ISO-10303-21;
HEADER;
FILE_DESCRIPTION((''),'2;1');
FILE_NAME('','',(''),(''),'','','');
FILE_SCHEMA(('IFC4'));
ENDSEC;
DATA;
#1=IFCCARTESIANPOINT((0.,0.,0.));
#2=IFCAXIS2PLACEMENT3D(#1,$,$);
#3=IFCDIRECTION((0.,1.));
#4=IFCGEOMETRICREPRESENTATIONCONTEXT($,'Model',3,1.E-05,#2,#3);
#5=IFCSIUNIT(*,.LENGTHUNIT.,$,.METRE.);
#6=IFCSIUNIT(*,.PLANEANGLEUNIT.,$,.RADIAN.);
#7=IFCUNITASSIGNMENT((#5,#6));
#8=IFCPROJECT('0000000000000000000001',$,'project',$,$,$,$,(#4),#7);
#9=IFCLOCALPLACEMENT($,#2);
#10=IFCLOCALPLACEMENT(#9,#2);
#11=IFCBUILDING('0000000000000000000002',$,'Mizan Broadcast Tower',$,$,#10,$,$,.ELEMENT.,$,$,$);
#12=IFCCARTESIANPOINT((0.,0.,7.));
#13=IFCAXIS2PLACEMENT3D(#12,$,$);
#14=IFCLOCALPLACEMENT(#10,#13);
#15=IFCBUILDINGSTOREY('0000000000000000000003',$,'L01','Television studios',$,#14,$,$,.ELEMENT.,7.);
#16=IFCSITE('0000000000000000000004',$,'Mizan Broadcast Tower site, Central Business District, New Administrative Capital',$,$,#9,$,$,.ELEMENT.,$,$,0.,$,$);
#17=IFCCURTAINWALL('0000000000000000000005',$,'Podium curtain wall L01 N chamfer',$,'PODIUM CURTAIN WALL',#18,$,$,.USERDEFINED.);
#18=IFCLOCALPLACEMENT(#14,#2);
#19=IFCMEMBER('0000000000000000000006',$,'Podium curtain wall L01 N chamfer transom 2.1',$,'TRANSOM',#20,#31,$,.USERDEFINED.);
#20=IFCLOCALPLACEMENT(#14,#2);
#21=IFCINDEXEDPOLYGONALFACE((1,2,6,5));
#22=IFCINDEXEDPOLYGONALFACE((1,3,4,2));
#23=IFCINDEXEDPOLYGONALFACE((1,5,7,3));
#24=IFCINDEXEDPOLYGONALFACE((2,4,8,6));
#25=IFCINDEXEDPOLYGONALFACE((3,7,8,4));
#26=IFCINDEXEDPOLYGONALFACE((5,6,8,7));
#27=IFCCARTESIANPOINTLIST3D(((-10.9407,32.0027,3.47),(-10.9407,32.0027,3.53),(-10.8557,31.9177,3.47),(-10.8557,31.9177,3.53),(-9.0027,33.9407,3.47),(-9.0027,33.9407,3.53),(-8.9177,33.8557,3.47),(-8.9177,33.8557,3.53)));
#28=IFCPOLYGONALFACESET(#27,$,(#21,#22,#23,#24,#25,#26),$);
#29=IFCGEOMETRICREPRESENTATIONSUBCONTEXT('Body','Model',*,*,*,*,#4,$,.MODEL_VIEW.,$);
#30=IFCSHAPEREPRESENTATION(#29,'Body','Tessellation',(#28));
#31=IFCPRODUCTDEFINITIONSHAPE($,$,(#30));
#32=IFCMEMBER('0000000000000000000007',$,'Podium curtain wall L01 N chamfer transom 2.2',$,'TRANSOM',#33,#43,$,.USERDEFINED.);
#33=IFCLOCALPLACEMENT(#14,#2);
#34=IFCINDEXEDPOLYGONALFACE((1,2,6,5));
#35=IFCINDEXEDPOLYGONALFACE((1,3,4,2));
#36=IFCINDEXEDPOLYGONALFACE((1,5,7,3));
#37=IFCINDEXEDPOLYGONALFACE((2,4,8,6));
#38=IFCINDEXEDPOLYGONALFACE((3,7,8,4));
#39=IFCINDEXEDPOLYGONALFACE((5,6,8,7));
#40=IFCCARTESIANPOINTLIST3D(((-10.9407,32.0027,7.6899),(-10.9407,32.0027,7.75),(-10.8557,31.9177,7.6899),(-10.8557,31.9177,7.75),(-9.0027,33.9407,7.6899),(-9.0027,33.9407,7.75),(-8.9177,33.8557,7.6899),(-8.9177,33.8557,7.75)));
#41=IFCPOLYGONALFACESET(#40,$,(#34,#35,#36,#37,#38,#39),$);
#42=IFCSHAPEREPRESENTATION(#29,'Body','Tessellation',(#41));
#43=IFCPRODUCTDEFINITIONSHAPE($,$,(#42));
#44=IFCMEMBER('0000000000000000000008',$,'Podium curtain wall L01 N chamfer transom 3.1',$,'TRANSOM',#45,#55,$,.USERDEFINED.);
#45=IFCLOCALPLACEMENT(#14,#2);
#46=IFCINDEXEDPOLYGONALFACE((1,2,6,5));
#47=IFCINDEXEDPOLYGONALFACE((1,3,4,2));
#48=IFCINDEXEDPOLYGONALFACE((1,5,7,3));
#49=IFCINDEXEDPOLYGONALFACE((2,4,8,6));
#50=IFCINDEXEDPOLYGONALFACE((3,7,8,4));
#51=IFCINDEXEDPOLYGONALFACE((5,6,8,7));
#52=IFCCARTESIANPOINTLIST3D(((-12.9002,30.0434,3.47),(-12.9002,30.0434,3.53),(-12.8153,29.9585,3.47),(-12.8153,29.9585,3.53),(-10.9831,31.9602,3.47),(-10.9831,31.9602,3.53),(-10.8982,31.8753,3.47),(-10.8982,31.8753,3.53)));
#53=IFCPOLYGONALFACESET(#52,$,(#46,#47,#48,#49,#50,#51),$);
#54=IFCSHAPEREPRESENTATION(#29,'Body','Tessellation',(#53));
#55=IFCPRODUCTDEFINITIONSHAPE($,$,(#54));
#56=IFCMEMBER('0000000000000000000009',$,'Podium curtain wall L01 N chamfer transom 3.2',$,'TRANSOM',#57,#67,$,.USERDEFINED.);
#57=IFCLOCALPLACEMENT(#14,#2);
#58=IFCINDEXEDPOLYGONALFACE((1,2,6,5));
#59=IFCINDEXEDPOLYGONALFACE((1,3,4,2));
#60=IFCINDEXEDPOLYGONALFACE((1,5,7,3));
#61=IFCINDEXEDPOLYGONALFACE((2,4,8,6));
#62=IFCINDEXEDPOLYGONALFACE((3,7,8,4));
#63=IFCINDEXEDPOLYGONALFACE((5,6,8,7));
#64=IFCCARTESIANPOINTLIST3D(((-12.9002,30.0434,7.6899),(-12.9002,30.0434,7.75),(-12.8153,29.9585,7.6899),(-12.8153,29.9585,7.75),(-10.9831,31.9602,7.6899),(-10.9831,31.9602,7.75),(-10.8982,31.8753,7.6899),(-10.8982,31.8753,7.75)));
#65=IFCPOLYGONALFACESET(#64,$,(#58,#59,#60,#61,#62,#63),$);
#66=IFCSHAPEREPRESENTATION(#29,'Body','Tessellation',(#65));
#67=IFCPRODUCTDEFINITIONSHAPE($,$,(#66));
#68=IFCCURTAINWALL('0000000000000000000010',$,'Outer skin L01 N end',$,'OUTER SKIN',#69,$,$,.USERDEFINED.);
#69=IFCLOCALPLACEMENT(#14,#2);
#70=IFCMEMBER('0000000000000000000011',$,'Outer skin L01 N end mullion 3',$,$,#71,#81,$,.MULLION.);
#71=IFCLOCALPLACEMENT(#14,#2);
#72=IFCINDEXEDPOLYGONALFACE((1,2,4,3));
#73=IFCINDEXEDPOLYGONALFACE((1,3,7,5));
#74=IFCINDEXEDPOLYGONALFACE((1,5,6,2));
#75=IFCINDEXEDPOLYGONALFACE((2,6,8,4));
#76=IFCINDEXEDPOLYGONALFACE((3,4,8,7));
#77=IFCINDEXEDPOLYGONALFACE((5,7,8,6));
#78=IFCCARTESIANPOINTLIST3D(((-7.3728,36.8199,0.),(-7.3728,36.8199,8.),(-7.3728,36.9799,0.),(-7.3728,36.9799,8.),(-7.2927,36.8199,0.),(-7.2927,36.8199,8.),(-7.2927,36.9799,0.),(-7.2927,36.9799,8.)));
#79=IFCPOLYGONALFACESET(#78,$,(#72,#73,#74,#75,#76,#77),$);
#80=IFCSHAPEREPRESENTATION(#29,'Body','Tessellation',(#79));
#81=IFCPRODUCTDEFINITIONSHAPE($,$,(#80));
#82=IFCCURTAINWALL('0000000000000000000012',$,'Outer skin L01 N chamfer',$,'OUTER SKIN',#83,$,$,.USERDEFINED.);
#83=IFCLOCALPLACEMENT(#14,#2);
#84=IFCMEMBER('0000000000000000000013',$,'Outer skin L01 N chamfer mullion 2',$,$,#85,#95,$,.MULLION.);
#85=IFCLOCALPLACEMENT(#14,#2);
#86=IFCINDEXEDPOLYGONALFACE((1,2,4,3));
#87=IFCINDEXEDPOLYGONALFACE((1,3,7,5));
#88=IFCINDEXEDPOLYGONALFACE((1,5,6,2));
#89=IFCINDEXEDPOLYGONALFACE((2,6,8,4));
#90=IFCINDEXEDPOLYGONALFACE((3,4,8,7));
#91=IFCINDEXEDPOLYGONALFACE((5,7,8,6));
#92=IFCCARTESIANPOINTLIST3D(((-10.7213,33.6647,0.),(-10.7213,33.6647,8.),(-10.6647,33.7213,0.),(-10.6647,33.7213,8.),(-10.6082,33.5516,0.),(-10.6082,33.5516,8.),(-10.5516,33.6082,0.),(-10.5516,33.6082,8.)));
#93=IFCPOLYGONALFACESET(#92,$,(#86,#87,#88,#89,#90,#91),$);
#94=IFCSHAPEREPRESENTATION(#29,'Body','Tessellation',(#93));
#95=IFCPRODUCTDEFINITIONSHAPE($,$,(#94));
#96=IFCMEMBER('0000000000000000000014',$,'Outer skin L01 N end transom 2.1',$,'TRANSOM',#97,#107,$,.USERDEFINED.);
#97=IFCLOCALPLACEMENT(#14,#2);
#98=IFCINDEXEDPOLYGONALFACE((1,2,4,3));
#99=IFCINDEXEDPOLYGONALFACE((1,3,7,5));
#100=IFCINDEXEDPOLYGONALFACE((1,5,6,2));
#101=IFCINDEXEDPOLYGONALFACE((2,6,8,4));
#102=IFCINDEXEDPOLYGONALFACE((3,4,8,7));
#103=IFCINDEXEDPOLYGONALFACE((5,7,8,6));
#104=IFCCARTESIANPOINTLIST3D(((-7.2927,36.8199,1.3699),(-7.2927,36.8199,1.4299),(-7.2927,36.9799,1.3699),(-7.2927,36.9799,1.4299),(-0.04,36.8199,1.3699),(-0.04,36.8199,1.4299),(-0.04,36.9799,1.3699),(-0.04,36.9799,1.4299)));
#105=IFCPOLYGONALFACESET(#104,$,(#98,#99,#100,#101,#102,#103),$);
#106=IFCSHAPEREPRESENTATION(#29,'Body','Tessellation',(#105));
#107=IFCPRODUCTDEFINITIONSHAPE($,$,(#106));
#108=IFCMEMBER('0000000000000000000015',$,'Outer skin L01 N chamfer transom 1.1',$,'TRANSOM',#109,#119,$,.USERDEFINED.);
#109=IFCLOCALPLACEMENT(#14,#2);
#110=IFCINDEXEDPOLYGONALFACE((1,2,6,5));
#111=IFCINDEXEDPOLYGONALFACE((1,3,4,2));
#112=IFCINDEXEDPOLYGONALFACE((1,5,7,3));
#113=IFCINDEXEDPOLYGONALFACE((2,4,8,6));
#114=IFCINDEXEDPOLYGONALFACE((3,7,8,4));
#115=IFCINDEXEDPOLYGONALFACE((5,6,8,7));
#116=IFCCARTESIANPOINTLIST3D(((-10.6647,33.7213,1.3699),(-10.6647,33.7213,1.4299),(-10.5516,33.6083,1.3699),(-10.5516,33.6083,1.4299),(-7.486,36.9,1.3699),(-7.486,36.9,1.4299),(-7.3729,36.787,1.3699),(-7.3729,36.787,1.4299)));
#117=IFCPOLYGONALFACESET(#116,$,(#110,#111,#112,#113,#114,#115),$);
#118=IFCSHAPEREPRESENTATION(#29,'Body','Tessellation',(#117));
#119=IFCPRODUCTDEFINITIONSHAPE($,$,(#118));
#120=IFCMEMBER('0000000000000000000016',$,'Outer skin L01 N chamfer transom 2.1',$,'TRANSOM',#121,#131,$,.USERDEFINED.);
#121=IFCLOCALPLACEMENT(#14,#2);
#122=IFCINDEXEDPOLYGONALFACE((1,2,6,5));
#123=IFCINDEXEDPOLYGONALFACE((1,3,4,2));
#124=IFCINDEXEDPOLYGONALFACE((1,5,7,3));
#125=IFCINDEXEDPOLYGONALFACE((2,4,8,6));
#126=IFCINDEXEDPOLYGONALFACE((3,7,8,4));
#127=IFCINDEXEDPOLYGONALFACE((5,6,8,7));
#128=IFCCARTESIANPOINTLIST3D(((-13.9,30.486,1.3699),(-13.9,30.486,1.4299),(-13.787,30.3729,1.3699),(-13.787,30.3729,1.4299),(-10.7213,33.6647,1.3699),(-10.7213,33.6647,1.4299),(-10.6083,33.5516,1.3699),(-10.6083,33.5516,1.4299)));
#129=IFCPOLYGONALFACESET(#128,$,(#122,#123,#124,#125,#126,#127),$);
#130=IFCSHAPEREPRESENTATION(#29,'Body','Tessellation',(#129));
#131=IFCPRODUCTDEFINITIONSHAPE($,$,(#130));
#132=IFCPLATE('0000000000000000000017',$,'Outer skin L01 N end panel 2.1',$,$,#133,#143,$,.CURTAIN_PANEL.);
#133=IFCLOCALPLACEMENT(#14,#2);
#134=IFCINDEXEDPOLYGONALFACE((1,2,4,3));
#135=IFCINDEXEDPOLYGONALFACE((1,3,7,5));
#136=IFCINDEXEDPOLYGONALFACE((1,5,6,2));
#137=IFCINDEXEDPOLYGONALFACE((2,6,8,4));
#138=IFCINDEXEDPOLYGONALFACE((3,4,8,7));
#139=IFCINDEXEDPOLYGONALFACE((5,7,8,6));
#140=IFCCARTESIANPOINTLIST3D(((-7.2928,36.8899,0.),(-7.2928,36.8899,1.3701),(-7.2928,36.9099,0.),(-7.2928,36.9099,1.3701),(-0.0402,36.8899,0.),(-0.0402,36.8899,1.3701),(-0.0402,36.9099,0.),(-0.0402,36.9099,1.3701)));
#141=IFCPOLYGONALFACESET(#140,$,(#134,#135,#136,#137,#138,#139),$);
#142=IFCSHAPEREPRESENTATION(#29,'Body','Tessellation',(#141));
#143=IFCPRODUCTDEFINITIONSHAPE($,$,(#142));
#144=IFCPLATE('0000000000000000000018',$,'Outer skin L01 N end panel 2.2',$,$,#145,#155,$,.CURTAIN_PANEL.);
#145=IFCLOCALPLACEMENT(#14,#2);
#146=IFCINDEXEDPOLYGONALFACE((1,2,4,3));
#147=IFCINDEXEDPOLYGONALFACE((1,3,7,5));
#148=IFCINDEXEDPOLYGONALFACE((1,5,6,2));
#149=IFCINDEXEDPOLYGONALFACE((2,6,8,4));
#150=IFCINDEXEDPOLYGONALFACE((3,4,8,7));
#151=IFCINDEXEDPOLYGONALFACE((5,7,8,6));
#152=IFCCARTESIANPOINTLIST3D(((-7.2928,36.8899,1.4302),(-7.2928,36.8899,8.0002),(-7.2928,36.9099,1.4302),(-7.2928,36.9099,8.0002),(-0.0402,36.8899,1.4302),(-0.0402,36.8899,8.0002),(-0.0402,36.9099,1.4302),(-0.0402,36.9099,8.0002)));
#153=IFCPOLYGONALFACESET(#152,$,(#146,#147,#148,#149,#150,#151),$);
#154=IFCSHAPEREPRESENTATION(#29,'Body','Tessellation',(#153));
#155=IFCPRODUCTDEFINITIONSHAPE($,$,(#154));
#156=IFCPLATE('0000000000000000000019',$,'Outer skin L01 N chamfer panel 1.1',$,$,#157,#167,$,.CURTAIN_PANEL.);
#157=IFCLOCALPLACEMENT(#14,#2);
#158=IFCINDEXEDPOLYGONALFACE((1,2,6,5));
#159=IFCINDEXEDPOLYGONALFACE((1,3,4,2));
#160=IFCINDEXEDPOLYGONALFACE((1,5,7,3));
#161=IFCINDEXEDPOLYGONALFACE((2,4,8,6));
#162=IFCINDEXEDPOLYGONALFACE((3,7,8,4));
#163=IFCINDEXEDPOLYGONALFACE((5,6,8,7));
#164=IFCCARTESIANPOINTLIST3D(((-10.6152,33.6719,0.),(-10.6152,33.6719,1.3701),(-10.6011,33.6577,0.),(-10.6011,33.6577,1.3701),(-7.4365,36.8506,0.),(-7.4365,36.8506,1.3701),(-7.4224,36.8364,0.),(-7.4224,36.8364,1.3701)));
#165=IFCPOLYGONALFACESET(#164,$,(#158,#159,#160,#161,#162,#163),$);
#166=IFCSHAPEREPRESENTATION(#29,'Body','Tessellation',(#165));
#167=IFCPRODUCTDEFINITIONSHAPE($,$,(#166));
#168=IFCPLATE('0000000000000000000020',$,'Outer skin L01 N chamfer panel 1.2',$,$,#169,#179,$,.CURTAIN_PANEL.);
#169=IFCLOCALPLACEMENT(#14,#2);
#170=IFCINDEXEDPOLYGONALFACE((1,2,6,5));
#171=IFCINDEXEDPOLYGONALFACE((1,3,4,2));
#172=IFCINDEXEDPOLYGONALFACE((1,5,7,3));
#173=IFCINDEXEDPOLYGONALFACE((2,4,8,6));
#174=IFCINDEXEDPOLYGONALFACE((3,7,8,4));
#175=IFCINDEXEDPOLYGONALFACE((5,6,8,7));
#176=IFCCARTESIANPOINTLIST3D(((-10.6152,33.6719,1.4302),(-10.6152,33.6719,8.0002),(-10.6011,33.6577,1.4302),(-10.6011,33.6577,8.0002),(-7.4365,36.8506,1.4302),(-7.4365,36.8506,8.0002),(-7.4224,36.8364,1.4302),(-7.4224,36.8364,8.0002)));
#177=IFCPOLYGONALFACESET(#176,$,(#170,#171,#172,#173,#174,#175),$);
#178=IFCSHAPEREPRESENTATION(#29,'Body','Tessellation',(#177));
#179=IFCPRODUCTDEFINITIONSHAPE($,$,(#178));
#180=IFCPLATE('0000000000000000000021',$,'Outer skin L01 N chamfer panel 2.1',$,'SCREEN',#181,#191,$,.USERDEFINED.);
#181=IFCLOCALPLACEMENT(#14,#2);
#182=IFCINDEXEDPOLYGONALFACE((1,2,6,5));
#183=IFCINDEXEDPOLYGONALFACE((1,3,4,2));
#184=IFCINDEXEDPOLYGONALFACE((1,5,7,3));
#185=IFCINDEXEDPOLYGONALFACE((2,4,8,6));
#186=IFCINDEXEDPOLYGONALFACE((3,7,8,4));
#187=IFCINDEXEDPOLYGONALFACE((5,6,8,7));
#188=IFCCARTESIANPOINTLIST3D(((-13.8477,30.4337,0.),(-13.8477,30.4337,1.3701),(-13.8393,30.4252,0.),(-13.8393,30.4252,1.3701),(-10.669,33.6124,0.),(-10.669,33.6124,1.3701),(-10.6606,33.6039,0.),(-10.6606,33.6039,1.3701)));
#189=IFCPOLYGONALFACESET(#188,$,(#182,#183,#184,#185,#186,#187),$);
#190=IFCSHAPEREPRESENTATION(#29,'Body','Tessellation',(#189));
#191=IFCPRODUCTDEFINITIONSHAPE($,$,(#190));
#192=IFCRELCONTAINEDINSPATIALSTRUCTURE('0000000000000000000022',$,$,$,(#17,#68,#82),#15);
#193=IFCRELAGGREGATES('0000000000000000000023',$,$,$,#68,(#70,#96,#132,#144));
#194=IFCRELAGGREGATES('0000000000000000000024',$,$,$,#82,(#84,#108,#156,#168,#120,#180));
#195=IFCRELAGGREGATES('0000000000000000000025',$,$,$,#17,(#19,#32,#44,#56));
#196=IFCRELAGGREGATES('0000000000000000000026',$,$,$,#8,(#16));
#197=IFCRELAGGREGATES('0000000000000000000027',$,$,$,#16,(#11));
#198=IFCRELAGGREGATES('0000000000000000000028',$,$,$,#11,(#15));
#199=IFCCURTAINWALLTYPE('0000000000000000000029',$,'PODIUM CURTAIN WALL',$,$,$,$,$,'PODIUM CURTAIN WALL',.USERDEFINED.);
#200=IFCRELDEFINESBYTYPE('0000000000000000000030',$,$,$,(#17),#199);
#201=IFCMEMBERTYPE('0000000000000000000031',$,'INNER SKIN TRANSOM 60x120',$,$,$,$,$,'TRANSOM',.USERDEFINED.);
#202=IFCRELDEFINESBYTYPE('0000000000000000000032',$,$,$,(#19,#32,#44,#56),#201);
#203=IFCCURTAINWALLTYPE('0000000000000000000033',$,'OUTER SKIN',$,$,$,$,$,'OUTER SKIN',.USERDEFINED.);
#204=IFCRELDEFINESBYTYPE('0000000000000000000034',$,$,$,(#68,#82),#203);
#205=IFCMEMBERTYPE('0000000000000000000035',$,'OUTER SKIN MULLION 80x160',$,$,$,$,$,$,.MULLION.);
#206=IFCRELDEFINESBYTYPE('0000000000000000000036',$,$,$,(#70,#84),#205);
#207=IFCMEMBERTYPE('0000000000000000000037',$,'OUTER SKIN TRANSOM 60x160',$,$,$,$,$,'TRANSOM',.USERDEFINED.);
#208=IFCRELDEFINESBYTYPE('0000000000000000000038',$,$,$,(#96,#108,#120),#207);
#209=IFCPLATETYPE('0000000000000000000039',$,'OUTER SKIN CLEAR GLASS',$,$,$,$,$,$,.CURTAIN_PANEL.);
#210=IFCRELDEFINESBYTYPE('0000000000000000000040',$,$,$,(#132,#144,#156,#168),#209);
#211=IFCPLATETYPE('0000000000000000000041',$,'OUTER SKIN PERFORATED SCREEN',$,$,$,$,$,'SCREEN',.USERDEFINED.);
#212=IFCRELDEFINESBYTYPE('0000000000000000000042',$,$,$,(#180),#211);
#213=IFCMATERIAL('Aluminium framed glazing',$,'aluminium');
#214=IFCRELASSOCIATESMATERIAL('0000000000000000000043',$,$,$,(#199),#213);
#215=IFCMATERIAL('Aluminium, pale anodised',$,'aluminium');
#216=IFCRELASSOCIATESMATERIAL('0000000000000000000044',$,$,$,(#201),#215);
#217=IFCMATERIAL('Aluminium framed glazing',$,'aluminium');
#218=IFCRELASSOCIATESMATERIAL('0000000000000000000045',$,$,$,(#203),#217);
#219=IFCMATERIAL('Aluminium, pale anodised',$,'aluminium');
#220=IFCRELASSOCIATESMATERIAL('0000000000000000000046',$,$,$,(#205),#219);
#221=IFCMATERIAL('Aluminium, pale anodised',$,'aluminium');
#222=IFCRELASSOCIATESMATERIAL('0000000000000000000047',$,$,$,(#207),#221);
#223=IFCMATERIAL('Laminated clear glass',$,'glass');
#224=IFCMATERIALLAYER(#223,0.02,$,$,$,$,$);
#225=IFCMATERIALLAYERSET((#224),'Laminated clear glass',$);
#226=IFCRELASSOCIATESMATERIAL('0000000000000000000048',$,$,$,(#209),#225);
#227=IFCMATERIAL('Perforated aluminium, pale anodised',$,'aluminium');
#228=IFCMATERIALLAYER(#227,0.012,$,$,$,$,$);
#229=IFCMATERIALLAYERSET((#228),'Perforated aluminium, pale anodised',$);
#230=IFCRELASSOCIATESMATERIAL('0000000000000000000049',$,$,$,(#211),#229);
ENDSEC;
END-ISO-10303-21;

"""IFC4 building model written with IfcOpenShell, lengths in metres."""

from ifc_helpers import new_model, si_unit, direction, frame, origin, origin_2d, place, context, subcontext, project, spatial, rectangle, extrude, material, layer, layer_set, material_profile, profile_set, type_object, element, aggregate, save


model = new_model("IFC4")

# Units and contexts
model_context = context("Model", 3, precision=1e-05, world=origin(), true_north=direction((0.0, 1.0)))
body_context = subcontext(model_context, "Body", "Model", "MODEL_VIEW")
ifc_project = project(units=[si_unit("LENGTHUNIT", "METRE"), si_unit("PLANEANGLEUNIT", "RADIAN")], contexts=[model_context])

# Site, building, storey
site_placement = place(None, origin())
site = spatial("IfcSite", under=ifc_project, at=site_placement, Name="Mizan Broadcast Tower site, Central Business District, New Administrative Capital", CompositionType="ELEMENT", RefElevation=0.0)
building_placement = place(site_placement, origin())
building = spatial("IfcBuilding", under=site, at=building_placement, Name="Mizan Broadcast Tower", CompositionType="ELEMENT")
storey_placement = place(building_placement, frame((0.0, 0.0, 7.0)))
storey = spatial("IfcBuildingStorey", under=building, at=storey_placement, Name="L01", Description="Television studios", CompositionType="ELEMENT", Elevation=7.0)

# Curtain wall
ifc_material_1 = material(Name="Aluminium framed glazing", Category="aluminium")
curtain_wall_type_1 = type_object("IfcCurtainWallType", Name="PODIUM CURTAIN WALL", ElementType="PODIUM CURTAIN WALL", PredefinedType="USERDEFINED", material=ifc_material_1)
curtain_wall_1_placement = place(storey_placement, origin())
curtain_wall_1 = element("IfcCurtainWall", 1, at=curtain_wall_1_placement, inside=storey, type_object=curtain_wall_type_1, Name="Podium curtain wall L01 N chamfer", ObjectType="PODIUM CURTAIN WALL", PredefinedType="USERDEFINED")

# Members
ifc_material_2 = material(Name="Aluminium, pale anodised", Category="aluminium")
ifc_material_profile_1 = material_profile(ifc_material_2, rectangle(XDim=0.1201, YDim=0.0601, at=origin_2d()), Name="TRANSOM 120x60")
ifc_profile_set_1 = profile_set([ifc_material_profile_1], Name="Aluminium, pale anodised")
member_type_1 = type_object("IfcMemberType", Name="INNER SKIN TRANSOM 60x120", ElementType="TRANSOM", PredefinedType="USERDEFINED", material=ifc_profile_set_1)
member_1_placement = place(storey_placement, frame((-8.9602, 33.8982, 3.5), z_axis=(-0.707107, -0.707107, 0.0), x_axis=(0.707107, -0.707107, 0.0)))
member_1 = element("IfcMember", 2, at=member_1_placement, type_object=member_type_1, Name="Podium curtain wall L01 N chamfer transom 2.1", ObjectType="TRANSOM", PredefinedType="USERDEFINED", context=body_context, shape_type="SweptSolid", body=[
    extrude(rectangle(XDim=0.1201, YDim=0.0601, at=origin_2d()), origin(), (0.0, 0.0, 1.0), 2.7407),
])
member_2_placement = place(storey_placement, frame((-8.9602, 33.8982, 7.72), z_axis=(-0.707107, -0.707107, 0.0), x_axis=(0.707107, -0.707107, 0.0)))
member_2 = element("IfcMember", 3, at=member_2_placement, type_object=member_type_1, Name="Podium curtain wall L01 N chamfer transom 2.2", ObjectType="TRANSOM", PredefinedType="USERDEFINED", context=body_context, shape_type="SweptSolid", body=[
    extrude(rectangle(XDim=0.1201, YDim=0.0601, at=origin_2d()), origin(), (0.0, 0.0, 1.0), 2.7407),
])
member_3_placement = place(storey_placement, frame((-10.9407, 31.9177, 3.5), z_axis=(-0.707152, -0.707062, 0.0), x_axis=(0.707062, -0.707152, 0.0)))
member_3 = element("IfcMember", 4, at=member_3_placement, type_object=member_type_1, Name="Podium curtain wall L01 N chamfer transom 3.1", ObjectType="TRANSOM", PredefinedType="USERDEFINED", context=body_context, shape_type="SweptSolid", body=[
    extrude(rectangle(XDim=0.1201, YDim=0.0601, at=origin_2d()), origin(), (0.0, 0.0, 1.0), 2.7109),
])
member_4_placement = place(storey_placement, frame((-10.9407, 31.9177, 7.72), z_axis=(-0.707152, -0.707062, 0.0), x_axis=(0.707062, -0.707152, 0.0)))
member_4 = element("IfcMember", 5, at=member_4_placement, type_object=member_type_1, Name="Podium curtain wall L01 N chamfer transom 3.2", ObjectType="TRANSOM", PredefinedType="USERDEFINED", context=body_context, shape_type="SweptSolid", body=[
    extrude(rectangle(XDim=0.1201, YDim=0.0601, at=origin_2d()), origin(), (0.0, 0.0, 1.0), 2.7109),
])

# Curtain walls, members
ifc_material_3 = material(Name="Aluminium framed glazing", Category="aluminium")
curtain_wall_type_2 = type_object("IfcCurtainWallType", Name="OUTER SKIN", ElementType="OUTER SKIN", PredefinedType="USERDEFINED", material=ifc_material_3)
curtain_wall_2_placement = place(storey_placement, origin())
curtain_wall_2 = element("IfcCurtainWall", 6, at=curtain_wall_2_placement, inside=storey, type_object=curtain_wall_type_2, Name="Outer skin L01 N end", ObjectType="OUTER SKIN", PredefinedType="USERDEFINED")
ifc_material_4 = material(Name="Aluminium, pale anodised", Category="aluminium")
ifc_material_profile_2 = material_profile(ifc_material_4, rectangle(XDim=0.1599, YDim=0.0801, at=origin_2d()), Name="MULLION 160x80")
ifc_profile_set_2 = profile_set([ifc_material_profile_2], Name="Aluminium, pale anodised")
member_type_2 = type_object("IfcMemberType", Name="OUTER SKIN MULLION 80x160", PredefinedType="MULLION", material=ifc_profile_set_2)
member_5_placement = place(storey_placement, frame((-7.3328, 36.8999, 0.0), z_axis=(0.0, 0.0, 1.0), x_axis=(0.0, -1.0, 0.0)))
member_5 = element("IfcMember", 7, at=member_5_placement, type_object=member_type_2, Name="Outer skin L01 N end mullion 3", PredefinedType="MULLION", context=body_context, shape_type="SweptSolid", body=[
    extrude(rectangle(XDim=0.1599, YDim=0.0801, at=origin_2d()), origin(), (0.0, 0.0, 1.0), 8.0),
])
curtain_wall_3_placement = place(storey_placement, origin())
curtain_wall_3 = element("IfcCurtainWall", 8, at=curtain_wall_3_placement, inside=storey, type_object=curtain_wall_type_2, Name="Outer skin L01 N chamfer", ObjectType="OUTER SKIN", PredefinedType="USERDEFINED")
member_6_placement = place(storey_placement, frame((-10.6365, 33.6365, 0.0), z_axis=(0.0, 0.0, 1.0), x_axis=(0.707107, -0.707107, 0.0)))
member_6 = element("IfcMember", 9, at=member_6_placement, type_object=member_type_2, Name="Outer skin L01 N chamfer mullion 2", PredefinedType="MULLION", context=body_context, shape_type="SweptSolid", body=[
    extrude(rectangle(XDim=0.1599, YDim=0.0801, at=origin_2d()), origin(), (0.0, 0.0, 1.0), 8.0),
])

# Members
ifc_material_5 = material(Name="Aluminium, pale anodised", Category="aluminium")
ifc_material_profile_3 = material_profile(ifc_material_5, rectangle(XDim=0.1599, YDim=0.0601, at=origin_2d()), Name="TRANSOM 160x60")
ifc_profile_set_3 = profile_set([ifc_material_profile_3], Name="Aluminium, pale anodised")
member_type_3 = type_object("IfcMemberType", Name="OUTER SKIN TRANSOM 60x160", ElementType="TRANSOM", PredefinedType="USERDEFINED", material=ifc_profile_set_3)
member_7_placement = place(storey_placement, frame((-0.04, 36.8999, 1.3999), z_axis=(-1.0, 0.0, 0.0), x_axis=(0.0, -1.0, 0.0)))
member_7 = element("IfcMember", 10, at=member_7_placement, type_object=member_type_3, Name="Outer skin L01 N end transom 2.1", ObjectType="TRANSOM", PredefinedType="USERDEFINED", context=body_context, shape_type="SweptSolid", body=[
    extrude(rectangle(XDim=0.1599, YDim=0.0601, at=origin_2d()), origin(), (0.0, 0.0, 1.0), 7.2527),
])
member_8_placement = place(storey_placement, frame((-7.4294, 36.8435, 1.3999), z_axis=(-0.707107, -0.707107, 0.0), x_axis=(0.707107, -0.707107, 0.0)))
member_8 = element("IfcMember", 11, at=member_8_placement, type_object=member_type_3, Name="Outer skin L01 N chamfer transom 1.1", ObjectType="TRANSOM", PredefinedType="USERDEFINED", context=body_context, shape_type="SweptSolid", body=[
    extrude(rectangle(XDim=0.1599, YDim=0.0601, at=origin_2d()), origin(), (0.0, 0.0, 1.0), 4.4954),
])
member_9_placement = place(storey_placement, frame((-10.6648, 33.6082, 1.3999), z_axis=(-0.707107, -0.707107, 0.0), x_axis=(0.707107, -0.707107, 0.0)))
member_9 = element("IfcMember", 12, at=member_9_placement, type_object=member_type_3, Name="Outer skin L01 N chamfer transom 2.1", ObjectType="TRANSOM", PredefinedType="USERDEFINED", context=body_context, shape_type="SweptSolid", body=[
    extrude(rectangle(XDim=0.1599, YDim=0.0601, at=origin_2d()), origin(), (0.0, 0.0, 1.0), 4.4954),
])

# Plates
ifc_material_6 = material(Name="Laminated clear glass", Category="glass")
ifc_layer_1 = layer(ifc_material_6, 0.02)
ifc_layer_set_1 = layer_set([ifc_layer_1], Name="Laminated clear glass")
plate_type_1 = type_object("IfcPlateType", Name="OUTER SKIN CLEAR GLASS", PredefinedType="CURTAIN_PANEL", material=ifc_layer_set_1)
plate_1_placement = place(storey_placement, frame((-3.6665, 36.8999, 0.0), z_axis=(0.0, 0.0, 1.0), x_axis=(-1.0, 0.0, 0.0)))
plate_1 = element("IfcPlate", 13, at=plate_1_placement, type_object=plate_type_1, Name="Outer skin L01 N end panel 2.1", PredefinedType="CURTAIN_PANEL", context=body_context, shape_type="SweptSolid", body=[
    extrude(rectangle(XDim=7.2527, YDim=0.02, at=origin_2d()), origin(), (0.0, 0.0, 1.0), 1.3701),
])
plate_2_placement = place(storey_placement, frame((-3.6665, 36.8999, 1.4302), z_axis=(0.0, 0.0, 1.0), x_axis=(-1.0, 0.0, 0.0)))
plate_2 = element("IfcPlate", 14, at=plate_2_placement, type_object=plate_type_1, Name="Outer skin L01 N end panel 2.2", PredefinedType="CURTAIN_PANEL", context=body_context, shape_type="SweptSolid", body=[
    extrude(rectangle(XDim=7.2527, YDim=0.02, at=origin_2d()), origin(), (0.0, 0.0, 1.0), 6.5701),
])
aggregate(curtain_wall_2, [member_5, member_7, plate_1, plate_2])
plate_3_placement = place(storey_placement, frame((-9.0188, 35.2542, 0.0), z_axis=(0.0, 0.0, 1.0), x_axis=(-0.707107, -0.707107, 0.0)))
plate_3 = element("IfcPlate", 15, at=plate_3_placement, type_object=plate_type_1, Name="Outer skin L01 N chamfer panel 1.1", PredefinedType="CURTAIN_PANEL", context=body_context, shape_type="SweptSolid", body=[
    extrude(rectangle(XDim=4.4954, YDim=0.02, at=origin_2d()), origin(), (0.0, 0.0, 1.0), 1.3701),
])
plate_4_placement = place(storey_placement, frame((-9.0188, 35.2542, 1.4302), z_axis=(0.0, 0.0, 1.0), x_axis=(-0.707107, -0.707107, 0.0)))
plate_4 = element("IfcPlate", 16, at=plate_4_placement, type_object=plate_type_1, Name="Outer skin L01 N chamfer panel 1.2", PredefinedType="CURTAIN_PANEL", context=body_context, shape_type="SweptSolid", body=[
    extrude(rectangle(XDim=4.4954, YDim=0.02, at=origin_2d()), origin(), (0.0, 0.0, 1.0), 6.5701),
])
ifc_material_7 = material(Name="Perforated aluminium, pale anodised", Category="aluminium")
ifc_layer_2 = layer(ifc_material_7, 0.012)
ifc_layer_set_2 = layer_set([ifc_layer_2], Name="Perforated aluminium, pale anodised")
plate_type_2 = type_object("IfcPlateType", Name="OUTER SKIN PERFORATED SCREEN", ElementType="SCREEN", PredefinedType="USERDEFINED", material=ifc_layer_set_2)
plate_5_placement = place(storey_placement, frame((-12.2542, 32.0188, 0.0), z_axis=(0.0, 0.0, 1.0), x_axis=(-0.707107, -0.707107, 0.0)))
plate_5 = element("IfcPlate", 17, at=plate_5_placement, type_object=plate_type_2, Name="Outer skin L01 N chamfer panel 2.1", ObjectType="SCREEN", PredefinedType="USERDEFINED", context=body_context, shape_type="SweptSolid", body=[
    extrude(rectangle(XDim=4.4954, YDim=0.012, at=origin_2d()), origin(), (0.0, 0.0, 1.0), 1.3701),
])
aggregate(curtain_wall_3, [member_6, member_8, plate_3, plate_4, member_9, plate_5])
aggregate(curtain_wall_1, [member_1, member_2, member_3, member_4])

save(model, "model.ifc")
